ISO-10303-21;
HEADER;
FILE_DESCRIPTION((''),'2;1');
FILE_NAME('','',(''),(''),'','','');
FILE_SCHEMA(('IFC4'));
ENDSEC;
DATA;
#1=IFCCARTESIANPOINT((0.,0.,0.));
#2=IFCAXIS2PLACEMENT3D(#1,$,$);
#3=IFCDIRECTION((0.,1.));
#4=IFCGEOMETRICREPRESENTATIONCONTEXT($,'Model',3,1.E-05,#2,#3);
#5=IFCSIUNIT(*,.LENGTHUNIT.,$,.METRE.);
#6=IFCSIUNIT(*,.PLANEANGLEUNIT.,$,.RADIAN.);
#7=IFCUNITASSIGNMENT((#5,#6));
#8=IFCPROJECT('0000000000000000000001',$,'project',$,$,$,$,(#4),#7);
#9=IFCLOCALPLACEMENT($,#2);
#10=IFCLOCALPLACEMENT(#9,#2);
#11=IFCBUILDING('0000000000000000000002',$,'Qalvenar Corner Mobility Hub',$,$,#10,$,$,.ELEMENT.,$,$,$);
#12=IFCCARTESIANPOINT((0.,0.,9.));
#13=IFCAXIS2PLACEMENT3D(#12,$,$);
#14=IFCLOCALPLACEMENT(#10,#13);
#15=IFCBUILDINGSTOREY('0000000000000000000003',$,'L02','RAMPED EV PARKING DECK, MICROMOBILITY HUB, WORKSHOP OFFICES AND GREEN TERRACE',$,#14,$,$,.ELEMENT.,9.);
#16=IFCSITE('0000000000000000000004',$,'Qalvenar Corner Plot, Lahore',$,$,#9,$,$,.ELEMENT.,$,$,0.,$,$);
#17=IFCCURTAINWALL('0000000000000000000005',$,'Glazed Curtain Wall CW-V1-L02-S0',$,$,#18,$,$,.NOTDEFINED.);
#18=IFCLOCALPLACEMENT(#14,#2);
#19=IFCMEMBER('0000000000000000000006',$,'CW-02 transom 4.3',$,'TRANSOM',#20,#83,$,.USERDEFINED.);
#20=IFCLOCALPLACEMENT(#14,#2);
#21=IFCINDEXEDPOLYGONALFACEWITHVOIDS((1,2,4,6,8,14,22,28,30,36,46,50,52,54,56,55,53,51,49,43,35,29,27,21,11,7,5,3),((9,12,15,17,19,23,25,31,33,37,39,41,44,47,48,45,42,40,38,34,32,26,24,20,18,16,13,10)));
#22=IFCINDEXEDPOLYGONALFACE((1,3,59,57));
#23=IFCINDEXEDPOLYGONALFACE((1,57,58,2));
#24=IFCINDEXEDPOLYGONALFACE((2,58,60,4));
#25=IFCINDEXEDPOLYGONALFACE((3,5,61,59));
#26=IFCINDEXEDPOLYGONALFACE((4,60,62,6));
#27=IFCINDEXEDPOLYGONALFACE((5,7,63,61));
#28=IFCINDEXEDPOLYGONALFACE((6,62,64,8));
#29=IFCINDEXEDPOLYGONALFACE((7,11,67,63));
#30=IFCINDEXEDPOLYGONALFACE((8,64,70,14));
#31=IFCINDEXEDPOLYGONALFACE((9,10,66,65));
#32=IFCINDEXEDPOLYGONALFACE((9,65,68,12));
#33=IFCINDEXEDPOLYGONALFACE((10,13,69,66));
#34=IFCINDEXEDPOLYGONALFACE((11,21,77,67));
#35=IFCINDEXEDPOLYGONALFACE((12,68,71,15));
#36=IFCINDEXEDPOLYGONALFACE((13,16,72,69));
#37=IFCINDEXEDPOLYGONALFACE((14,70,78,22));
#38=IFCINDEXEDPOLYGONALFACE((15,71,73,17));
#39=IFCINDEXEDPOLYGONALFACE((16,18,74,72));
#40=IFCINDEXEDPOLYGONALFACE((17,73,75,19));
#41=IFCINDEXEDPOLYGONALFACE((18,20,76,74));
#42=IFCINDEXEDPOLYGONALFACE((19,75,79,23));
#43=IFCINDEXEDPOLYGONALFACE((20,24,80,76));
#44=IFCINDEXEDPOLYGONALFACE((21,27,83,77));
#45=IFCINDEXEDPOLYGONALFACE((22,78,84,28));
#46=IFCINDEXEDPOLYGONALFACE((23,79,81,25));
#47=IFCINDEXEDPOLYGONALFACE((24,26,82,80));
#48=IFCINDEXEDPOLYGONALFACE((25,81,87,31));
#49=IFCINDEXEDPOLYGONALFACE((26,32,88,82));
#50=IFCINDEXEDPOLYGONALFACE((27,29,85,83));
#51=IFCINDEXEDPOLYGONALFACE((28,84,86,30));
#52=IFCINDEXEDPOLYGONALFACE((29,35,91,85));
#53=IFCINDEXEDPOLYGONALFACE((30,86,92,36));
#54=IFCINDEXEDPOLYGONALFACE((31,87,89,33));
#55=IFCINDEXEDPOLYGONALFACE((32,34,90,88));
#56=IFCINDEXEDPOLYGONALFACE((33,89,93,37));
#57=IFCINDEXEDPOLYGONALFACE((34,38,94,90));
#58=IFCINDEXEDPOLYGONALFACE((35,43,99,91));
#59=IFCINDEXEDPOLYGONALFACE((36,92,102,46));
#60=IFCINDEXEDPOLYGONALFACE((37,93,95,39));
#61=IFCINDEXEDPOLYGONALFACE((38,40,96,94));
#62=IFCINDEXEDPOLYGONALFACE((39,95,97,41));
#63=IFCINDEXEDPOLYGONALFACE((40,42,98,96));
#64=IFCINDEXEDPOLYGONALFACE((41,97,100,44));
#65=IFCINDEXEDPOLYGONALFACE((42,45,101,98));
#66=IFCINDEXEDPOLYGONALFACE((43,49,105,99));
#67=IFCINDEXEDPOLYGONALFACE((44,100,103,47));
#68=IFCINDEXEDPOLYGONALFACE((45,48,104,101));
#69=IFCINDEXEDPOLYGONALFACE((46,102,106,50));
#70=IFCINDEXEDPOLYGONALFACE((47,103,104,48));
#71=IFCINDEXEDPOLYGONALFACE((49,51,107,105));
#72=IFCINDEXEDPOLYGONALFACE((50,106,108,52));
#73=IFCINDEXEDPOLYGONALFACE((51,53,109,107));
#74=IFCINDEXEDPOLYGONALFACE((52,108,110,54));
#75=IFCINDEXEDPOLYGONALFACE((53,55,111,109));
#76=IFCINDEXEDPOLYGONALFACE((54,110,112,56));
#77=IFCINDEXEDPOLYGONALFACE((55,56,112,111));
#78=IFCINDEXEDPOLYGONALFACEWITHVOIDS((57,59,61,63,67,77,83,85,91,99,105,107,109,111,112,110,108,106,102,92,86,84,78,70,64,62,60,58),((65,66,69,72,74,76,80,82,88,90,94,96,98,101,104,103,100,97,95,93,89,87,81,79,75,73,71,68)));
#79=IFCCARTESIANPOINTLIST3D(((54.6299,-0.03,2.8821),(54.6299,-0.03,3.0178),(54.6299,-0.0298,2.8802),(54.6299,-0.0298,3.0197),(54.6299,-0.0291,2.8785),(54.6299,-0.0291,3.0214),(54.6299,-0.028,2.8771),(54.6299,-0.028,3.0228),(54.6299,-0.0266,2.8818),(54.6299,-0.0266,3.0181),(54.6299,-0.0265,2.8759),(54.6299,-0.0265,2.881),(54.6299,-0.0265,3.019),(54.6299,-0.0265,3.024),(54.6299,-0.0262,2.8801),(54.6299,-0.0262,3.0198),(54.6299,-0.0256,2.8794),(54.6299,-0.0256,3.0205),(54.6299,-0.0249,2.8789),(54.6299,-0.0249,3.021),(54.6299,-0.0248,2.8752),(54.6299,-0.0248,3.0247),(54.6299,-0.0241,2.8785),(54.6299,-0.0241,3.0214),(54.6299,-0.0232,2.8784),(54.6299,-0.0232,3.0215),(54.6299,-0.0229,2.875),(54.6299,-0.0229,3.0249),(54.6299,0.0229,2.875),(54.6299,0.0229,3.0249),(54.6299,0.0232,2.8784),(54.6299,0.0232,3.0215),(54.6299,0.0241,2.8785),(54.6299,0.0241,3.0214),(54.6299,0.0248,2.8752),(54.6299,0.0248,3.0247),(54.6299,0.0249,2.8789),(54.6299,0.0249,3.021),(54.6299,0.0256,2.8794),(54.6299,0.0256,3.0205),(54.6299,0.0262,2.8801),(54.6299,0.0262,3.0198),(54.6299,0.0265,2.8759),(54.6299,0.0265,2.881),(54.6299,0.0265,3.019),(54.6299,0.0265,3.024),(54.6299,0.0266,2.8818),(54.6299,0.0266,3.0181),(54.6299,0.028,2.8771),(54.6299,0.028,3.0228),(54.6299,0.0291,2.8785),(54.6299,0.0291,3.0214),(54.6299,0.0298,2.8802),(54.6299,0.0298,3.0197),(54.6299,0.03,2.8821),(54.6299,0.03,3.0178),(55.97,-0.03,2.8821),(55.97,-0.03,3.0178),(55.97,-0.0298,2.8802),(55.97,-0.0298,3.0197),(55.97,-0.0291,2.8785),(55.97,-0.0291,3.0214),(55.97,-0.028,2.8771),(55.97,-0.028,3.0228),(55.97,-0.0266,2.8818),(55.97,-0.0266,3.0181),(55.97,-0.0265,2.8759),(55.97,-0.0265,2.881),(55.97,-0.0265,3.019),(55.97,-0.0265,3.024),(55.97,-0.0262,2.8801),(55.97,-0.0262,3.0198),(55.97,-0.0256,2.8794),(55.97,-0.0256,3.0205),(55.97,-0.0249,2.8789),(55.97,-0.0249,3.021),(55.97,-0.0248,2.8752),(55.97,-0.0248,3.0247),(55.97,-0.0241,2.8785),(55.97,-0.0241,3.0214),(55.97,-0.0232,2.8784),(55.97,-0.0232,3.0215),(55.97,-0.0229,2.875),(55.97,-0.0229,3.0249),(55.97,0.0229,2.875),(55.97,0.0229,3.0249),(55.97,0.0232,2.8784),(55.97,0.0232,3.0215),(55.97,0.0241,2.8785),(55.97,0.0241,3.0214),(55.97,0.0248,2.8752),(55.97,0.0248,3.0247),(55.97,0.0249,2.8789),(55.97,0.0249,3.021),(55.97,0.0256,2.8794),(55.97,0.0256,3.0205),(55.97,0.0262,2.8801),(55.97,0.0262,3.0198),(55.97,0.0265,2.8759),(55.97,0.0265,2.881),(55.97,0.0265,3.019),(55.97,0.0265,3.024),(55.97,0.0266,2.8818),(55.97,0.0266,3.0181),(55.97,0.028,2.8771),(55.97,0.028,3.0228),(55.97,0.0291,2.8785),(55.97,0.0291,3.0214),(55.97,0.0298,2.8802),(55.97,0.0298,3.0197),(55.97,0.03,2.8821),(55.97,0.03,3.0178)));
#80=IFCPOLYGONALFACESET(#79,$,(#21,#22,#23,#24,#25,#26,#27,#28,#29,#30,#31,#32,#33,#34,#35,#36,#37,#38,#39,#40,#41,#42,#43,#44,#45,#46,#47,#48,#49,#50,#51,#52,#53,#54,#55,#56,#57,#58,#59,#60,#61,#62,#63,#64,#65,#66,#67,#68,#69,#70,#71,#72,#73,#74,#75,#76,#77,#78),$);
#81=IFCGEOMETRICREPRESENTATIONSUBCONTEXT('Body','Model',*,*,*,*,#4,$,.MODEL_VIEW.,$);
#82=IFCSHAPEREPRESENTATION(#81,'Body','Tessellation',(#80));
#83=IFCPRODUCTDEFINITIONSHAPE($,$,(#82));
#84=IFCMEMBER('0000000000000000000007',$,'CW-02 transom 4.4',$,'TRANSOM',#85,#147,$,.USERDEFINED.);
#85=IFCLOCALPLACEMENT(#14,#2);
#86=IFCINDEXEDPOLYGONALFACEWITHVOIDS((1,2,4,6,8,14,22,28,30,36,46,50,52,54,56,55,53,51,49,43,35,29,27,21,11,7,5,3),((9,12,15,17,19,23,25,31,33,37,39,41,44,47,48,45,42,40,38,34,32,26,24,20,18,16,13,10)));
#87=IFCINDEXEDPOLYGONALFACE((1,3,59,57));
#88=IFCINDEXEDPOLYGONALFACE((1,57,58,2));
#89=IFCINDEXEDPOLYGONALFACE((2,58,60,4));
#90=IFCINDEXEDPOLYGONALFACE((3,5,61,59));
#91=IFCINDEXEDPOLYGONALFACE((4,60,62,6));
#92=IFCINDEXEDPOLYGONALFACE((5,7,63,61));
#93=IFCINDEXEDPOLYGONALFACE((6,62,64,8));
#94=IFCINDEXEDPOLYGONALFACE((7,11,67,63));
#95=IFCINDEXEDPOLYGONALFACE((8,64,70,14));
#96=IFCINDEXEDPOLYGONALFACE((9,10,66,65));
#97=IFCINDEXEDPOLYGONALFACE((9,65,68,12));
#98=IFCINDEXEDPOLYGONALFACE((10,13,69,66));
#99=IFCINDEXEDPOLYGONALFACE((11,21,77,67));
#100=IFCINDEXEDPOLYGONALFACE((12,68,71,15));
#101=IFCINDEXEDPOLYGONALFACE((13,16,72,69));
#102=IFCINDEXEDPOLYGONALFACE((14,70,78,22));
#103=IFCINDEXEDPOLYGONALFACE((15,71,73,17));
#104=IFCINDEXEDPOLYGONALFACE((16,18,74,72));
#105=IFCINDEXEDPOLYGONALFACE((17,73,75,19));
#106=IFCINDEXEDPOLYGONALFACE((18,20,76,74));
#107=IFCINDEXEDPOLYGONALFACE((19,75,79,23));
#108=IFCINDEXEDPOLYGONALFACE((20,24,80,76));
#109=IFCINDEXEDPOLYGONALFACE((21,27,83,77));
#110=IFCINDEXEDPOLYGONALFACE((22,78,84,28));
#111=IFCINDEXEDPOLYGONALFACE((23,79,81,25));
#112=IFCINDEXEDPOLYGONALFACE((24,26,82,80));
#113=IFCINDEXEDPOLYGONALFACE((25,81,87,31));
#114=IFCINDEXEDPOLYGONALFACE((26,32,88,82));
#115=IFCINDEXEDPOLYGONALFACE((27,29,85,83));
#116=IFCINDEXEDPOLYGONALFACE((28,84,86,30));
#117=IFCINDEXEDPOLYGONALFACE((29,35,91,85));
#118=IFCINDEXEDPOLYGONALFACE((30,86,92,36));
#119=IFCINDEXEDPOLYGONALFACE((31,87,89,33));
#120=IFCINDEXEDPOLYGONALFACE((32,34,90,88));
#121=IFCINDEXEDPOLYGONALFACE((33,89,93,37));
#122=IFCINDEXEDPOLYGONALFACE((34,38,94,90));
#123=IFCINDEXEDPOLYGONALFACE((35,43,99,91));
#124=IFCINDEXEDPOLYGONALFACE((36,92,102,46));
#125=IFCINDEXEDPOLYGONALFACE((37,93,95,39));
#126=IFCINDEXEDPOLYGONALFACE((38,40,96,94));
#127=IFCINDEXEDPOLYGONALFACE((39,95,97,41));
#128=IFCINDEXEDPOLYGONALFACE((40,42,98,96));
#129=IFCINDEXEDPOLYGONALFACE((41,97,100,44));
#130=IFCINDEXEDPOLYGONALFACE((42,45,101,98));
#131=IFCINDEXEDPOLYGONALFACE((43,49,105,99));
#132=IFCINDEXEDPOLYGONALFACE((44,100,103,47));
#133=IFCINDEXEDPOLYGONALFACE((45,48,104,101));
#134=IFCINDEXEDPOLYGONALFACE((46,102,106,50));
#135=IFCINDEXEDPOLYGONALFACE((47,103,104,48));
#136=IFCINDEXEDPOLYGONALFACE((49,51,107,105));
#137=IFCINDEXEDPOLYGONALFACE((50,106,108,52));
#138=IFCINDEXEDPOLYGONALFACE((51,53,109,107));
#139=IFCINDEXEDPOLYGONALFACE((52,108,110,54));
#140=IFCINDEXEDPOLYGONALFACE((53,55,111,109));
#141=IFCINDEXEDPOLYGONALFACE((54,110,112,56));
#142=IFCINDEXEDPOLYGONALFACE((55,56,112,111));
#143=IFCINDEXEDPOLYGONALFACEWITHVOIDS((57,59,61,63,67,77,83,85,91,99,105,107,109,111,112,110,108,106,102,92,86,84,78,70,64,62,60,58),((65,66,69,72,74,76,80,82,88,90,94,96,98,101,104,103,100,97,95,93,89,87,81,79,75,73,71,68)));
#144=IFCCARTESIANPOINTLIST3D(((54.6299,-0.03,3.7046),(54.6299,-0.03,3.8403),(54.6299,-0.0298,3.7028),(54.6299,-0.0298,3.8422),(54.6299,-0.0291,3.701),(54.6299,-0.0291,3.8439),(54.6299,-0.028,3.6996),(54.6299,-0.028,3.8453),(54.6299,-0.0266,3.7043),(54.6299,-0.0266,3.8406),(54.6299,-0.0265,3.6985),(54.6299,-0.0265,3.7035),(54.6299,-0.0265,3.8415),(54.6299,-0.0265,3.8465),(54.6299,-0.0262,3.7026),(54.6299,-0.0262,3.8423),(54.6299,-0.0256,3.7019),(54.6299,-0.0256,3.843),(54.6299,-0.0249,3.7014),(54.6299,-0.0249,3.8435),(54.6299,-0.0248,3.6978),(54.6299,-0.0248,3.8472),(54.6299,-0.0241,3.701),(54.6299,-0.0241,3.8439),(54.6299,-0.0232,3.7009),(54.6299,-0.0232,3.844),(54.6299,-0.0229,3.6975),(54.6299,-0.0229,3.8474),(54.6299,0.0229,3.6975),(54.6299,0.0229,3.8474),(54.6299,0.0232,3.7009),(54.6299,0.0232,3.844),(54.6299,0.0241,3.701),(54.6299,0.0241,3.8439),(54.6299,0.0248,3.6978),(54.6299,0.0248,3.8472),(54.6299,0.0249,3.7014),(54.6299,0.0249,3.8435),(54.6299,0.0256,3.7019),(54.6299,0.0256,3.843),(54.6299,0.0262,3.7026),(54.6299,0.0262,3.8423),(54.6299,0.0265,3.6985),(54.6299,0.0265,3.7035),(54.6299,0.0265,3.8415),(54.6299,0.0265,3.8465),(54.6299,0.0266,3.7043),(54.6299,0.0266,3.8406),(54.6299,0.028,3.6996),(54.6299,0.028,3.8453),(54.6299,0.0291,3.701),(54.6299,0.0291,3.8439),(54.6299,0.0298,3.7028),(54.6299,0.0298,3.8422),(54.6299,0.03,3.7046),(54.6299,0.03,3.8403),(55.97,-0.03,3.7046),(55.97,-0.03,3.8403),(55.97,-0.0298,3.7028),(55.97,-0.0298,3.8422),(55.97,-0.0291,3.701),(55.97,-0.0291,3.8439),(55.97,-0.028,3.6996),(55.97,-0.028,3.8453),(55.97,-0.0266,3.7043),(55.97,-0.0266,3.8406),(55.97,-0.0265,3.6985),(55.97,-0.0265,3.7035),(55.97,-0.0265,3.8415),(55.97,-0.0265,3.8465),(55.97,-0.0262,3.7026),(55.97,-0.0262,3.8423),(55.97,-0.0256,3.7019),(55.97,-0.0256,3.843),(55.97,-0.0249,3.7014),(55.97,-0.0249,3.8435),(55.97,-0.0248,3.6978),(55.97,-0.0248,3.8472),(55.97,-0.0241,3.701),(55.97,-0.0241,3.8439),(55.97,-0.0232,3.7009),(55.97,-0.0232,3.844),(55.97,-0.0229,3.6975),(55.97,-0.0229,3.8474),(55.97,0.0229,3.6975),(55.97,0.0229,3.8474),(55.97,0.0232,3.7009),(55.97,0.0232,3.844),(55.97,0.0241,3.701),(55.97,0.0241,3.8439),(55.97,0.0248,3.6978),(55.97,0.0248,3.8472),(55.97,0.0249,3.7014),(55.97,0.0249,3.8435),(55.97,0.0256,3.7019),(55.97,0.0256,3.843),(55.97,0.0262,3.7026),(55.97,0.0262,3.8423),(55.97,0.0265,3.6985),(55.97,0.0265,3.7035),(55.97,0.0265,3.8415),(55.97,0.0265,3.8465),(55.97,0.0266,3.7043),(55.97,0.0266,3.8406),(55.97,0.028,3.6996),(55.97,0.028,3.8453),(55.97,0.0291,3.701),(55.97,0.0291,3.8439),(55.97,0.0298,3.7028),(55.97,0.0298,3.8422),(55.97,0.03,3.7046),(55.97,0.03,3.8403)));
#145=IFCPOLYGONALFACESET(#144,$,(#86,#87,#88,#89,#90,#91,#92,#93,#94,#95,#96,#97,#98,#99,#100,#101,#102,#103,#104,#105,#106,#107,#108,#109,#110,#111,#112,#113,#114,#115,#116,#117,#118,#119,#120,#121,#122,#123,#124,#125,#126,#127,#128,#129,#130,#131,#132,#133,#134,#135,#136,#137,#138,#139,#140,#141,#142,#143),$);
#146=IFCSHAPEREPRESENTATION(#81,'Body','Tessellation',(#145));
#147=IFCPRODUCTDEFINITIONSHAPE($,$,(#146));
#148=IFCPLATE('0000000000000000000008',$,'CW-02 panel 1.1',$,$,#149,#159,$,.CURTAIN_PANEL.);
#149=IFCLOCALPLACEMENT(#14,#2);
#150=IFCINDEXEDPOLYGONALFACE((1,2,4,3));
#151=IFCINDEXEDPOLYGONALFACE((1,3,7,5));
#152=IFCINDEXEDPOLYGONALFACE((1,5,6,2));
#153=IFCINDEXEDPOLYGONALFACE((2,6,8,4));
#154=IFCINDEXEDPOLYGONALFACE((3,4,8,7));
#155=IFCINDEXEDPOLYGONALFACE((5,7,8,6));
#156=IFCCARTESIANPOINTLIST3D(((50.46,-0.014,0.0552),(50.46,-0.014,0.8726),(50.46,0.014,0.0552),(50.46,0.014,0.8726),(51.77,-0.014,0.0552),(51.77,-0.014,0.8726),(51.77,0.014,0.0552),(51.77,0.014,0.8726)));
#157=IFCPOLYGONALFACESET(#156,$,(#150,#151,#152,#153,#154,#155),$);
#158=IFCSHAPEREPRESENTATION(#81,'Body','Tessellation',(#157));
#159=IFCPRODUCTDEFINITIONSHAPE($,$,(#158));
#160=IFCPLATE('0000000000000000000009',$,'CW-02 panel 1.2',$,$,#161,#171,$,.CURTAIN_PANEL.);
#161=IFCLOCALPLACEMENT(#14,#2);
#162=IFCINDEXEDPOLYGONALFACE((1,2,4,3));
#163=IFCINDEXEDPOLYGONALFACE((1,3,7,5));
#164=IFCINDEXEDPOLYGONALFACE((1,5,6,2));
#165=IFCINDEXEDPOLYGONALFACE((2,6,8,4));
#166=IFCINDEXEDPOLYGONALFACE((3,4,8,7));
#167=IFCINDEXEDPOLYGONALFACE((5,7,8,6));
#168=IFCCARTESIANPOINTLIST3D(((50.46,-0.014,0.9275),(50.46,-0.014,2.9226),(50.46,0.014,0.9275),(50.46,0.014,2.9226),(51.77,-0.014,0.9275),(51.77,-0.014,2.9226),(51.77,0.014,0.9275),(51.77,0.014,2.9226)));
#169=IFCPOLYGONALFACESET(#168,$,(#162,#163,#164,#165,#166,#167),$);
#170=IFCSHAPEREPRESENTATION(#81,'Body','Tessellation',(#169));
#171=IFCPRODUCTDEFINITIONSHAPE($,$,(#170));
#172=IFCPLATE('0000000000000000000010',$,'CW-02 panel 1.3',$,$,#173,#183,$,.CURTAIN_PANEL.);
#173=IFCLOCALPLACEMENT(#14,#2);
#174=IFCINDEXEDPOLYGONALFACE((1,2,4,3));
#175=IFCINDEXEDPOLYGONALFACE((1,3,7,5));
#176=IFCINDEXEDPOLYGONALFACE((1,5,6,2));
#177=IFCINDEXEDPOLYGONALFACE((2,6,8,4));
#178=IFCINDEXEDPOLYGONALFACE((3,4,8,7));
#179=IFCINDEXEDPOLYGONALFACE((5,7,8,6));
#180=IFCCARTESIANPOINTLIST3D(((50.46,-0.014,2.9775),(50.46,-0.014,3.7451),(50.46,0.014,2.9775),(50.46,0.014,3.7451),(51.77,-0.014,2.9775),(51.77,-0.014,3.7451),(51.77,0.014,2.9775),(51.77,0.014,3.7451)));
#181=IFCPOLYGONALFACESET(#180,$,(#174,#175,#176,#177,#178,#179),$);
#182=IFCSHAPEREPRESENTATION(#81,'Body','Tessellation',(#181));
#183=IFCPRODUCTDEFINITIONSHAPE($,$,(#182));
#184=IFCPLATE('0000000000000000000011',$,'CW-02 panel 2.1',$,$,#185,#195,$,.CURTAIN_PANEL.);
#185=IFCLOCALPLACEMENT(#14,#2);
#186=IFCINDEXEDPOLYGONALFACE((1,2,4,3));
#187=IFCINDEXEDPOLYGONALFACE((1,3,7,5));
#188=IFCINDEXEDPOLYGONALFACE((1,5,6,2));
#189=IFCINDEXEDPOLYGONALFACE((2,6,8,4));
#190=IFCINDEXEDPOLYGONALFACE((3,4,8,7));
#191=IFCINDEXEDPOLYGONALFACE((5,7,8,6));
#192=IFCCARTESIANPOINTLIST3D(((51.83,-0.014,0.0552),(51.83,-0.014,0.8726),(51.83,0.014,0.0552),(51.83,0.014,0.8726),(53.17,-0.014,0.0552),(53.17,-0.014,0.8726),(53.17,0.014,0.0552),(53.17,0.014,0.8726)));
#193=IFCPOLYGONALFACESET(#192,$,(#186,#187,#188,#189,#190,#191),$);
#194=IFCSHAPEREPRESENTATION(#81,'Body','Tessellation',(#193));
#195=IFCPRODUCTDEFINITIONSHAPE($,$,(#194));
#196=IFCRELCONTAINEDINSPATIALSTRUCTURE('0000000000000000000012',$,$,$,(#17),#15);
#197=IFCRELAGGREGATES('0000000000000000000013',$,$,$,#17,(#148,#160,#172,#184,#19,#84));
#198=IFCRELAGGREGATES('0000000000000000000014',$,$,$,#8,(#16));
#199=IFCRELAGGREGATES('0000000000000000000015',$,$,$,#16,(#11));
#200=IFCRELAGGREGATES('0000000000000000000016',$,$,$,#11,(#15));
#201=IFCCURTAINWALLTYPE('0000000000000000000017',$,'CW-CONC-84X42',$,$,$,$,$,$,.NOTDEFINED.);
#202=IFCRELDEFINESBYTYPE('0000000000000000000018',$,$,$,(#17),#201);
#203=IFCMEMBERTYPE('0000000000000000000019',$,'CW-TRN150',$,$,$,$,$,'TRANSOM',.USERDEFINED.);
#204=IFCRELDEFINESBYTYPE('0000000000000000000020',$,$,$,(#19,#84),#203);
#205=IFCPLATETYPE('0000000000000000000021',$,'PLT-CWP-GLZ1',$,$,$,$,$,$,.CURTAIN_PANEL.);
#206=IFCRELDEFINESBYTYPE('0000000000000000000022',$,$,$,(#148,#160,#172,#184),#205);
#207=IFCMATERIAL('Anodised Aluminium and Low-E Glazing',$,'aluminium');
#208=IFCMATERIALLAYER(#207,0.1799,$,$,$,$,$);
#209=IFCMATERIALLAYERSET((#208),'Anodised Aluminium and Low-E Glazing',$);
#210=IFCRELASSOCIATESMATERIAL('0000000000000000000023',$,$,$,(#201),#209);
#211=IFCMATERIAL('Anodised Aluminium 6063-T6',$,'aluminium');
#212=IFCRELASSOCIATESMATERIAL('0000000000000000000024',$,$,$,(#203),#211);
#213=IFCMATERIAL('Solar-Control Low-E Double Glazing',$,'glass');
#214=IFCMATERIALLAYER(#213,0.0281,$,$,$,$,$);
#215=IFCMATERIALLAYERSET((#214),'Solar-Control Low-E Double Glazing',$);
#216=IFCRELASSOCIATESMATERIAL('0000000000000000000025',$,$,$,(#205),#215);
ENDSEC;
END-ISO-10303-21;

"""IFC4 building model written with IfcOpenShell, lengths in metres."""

from ifc_helpers import new_model, si_unit, direction, frame, origin, origin_2d, place, context, subcontext, project, spatial, rectangle, hollow_rectangle, extrude, material, layer, layer_set, material_profile, profile_set, type_object, element, aggregate, save


model = new_model("IFC4")

# Units and contexts
model_context = context("Model", 3, precision=1e-05, world=origin(), true_north=direction((0.0, 1.0)))
body_context = subcontext(model_context, "Body", "Model", "MODEL_VIEW")
ifc_project = project(units=[si_unit("LENGTHUNIT", "METRE"), si_unit("PLANEANGLEUNIT", "RADIAN")], contexts=[model_context])

# Site, building, storey
site_placement = place(None, origin())
site = spatial("IfcSite", under=ifc_project, at=site_placement, Name="Qalvenar Corner Plot, Lahore", CompositionType="ELEMENT", RefElevation=0.0)
building_placement = place(site_placement, origin())
building = spatial("IfcBuilding", under=site, at=building_placement, Name="Qalvenar Corner Mobility Hub", CompositionType="ELEMENT")
storey_placement = place(building_placement, frame((0.0, 0.0, 9.0)))
storey = spatial("IfcBuildingStorey", under=building, at=storey_placement, Name="L02", Description="RAMPED EV PARKING DECK, MICROMOBILITY HUB, WORKSHOP OFFICES AND GREEN TERRACE", CompositionType="ELEMENT", Elevation=9.0)

# Curtain wall, members, plates
ifc_material_1 = material(Name="Anodised Aluminium and Low-E Glazing", Category="aluminium")
ifc_layer_1 = layer(ifc_material_1, 0.1799)
ifc_layer_set_1 = layer_set([ifc_layer_1], Name="Anodised Aluminium and Low-E Glazing")
curtain_wall_type = type_object("IfcCurtainWallType", Name="CW-CONC-84X42", PredefinedType="NOTDEFINED", material=ifc_layer_set_1)
curtain_wall_placement = place(storey_placement, origin())
curtain_wall = element("IfcCurtainWall", 1, at=curtain_wall_placement, inside=storey, type_object=curtain_wall_type, Name="Glazed Curtain Wall CW-V1-L02-S0", PredefinedType="NOTDEFINED")
ifc_material_2 = material(Name="Anodised Aluminium 6063-T6", Category="aluminium")
ifc_material_profile_1 = material_profile(ifc_material_2, hollow_rectangle(XDim=0.0601, YDim=0.1499, WallThickness=0.0034, InnerFilletRadius=0.0034, OuterFilletRadius=0.0071, at=origin_2d()), Name="RHS150x60x3.5")
ifc_profile_set_1 = profile_set([ifc_material_profile_1], Name="Anodised Aluminium 6063-T6")
member_type_1 = type_object("IfcMemberType", Name="CW-TRN150", ElementType="TRANSOM", PredefinedType="USERDEFINED", material=ifc_profile_set_1)
member_1_placement = place(storey_placement, frame((54.6299, 0.0, 2.95), z_axis=(1.0, 0.0, 0.0), x_axis=(0.0, 1.0, 0.0)))
member_1 = element("IfcMember", 2, at=member_1_placement, type_object=member_type_1, Name="CW-02 transom 4.3", ObjectType="TRANSOM", PredefinedType="USERDEFINED", context=body_context, shape_type="SweptSolid", body=[
    extrude(hollow_rectangle(XDim=0.0601, YDim=0.1499, WallThickness=0.0034, InnerFilletRadius=0.0034, OuterFilletRadius=0.0071, at=origin_2d()), origin(), (0.0, 0.0, 1.0), 1.3401),
])
member_2_placement = place(storey_placement, frame((54.6299, 0.0, 3.7725), z_axis=(1.0, 0.0, 0.0), x_axis=(0.0, 1.0, 0.0)))
member_2 = element("IfcMember", 3, at=member_2_placement, type_object=member_type_1, Name="CW-02 transom 4.4", ObjectType="TRANSOM", PredefinedType="USERDEFINED", context=body_context, shape_type="SweptSolid", body=[
    extrude(hollow_rectangle(XDim=0.0601, YDim=0.1499, WallThickness=0.0034, InnerFilletRadius=0.0034, OuterFilletRadius=0.0071, at=origin_2d()), origin(), (0.0, 0.0, 1.0), 1.3401),
])
ifc_material_3 = material(Name="Solar-Control Low-E Double Glazing", Category="glass")
ifc_layer_2 = layer(ifc_material_3, 0.0281)
ifc_layer_set_2 = layer_set([ifc_layer_2], Name="Solar-Control Low-E Double Glazing")
plate_type = type_object("IfcPlateType", Name="PLT-CWP-GLZ1", PredefinedType="CURTAIN_PANEL", material=ifc_layer_set_2)
plate_1_placement = place(storey_placement, frame((51.115, 0.0, 0.0552), z_axis=(0.0, 0.0, 1.0), x_axis=(1.0, 0.0, 0.0)))
plate_1 = element("IfcPlate", 4, at=plate_1_placement, type_object=plate_type, Name="CW-02 panel 1.1", PredefinedType="CURTAIN_PANEL", context=body_context, shape_type="SweptSolid", body=[
    extrude(rectangle(XDim=1.3101, YDim=0.0281, at=origin_2d()), origin(), (0.0, 0.0, 1.0), 0.8174),
])
plate_2_placement = place(storey_placement, frame((51.115, 0.0, 0.9275), z_axis=(0.0, 0.0, 1.0), x_axis=(1.0, 0.0, 0.0)))
plate_2 = element("IfcPlate", 5, at=plate_2_placement, type_object=plate_type, Name="CW-02 panel 1.2", PredefinedType="CURTAIN_PANEL", context=body_context, shape_type="SweptSolid", body=[
    extrude(rectangle(XDim=1.3101, YDim=0.0281, at=origin_2d()), origin(), (0.0, 0.0, 1.0), 1.9951),
])
plate_3_placement = place(storey_placement, frame((51.115, 0.0, 2.9775), z_axis=(0.0, 0.0, 1.0), x_axis=(1.0, 0.0, 0.0)))
plate_3 = element("IfcPlate", 6, at=plate_3_placement, type_object=plate_type, Name="CW-02 panel 1.3", PredefinedType="CURTAIN_PANEL", context=body_context, shape_type="SweptSolid", body=[
    extrude(rectangle(XDim=1.3101, YDim=0.0281, at=origin_2d()), origin(), (0.0, 0.0, 1.0), 0.7676),
])
plate_4_placement = place(storey_placement, frame((52.5, 0.0, 0.0552), z_axis=(0.0, 0.0, 1.0), x_axis=(1.0, 0.0, 0.0)))
plate_4 = element("IfcPlate", 7, at=plate_4_placement, type_object=plate_type, Name="CW-02 panel 2.1", PredefinedType="CURTAIN_PANEL", context=body_context, shape_type="SweptSolid", body=[
    extrude(rectangle(XDim=1.3401, YDim=0.0281, at=origin_2d()), origin(), (0.0, 0.0, 1.0), 0.8174),
])
aggregate(curtain_wall, [plate_1, plate_2, plate_3, plate_4, member_1, member_2])

save(model, "model.ifc")
